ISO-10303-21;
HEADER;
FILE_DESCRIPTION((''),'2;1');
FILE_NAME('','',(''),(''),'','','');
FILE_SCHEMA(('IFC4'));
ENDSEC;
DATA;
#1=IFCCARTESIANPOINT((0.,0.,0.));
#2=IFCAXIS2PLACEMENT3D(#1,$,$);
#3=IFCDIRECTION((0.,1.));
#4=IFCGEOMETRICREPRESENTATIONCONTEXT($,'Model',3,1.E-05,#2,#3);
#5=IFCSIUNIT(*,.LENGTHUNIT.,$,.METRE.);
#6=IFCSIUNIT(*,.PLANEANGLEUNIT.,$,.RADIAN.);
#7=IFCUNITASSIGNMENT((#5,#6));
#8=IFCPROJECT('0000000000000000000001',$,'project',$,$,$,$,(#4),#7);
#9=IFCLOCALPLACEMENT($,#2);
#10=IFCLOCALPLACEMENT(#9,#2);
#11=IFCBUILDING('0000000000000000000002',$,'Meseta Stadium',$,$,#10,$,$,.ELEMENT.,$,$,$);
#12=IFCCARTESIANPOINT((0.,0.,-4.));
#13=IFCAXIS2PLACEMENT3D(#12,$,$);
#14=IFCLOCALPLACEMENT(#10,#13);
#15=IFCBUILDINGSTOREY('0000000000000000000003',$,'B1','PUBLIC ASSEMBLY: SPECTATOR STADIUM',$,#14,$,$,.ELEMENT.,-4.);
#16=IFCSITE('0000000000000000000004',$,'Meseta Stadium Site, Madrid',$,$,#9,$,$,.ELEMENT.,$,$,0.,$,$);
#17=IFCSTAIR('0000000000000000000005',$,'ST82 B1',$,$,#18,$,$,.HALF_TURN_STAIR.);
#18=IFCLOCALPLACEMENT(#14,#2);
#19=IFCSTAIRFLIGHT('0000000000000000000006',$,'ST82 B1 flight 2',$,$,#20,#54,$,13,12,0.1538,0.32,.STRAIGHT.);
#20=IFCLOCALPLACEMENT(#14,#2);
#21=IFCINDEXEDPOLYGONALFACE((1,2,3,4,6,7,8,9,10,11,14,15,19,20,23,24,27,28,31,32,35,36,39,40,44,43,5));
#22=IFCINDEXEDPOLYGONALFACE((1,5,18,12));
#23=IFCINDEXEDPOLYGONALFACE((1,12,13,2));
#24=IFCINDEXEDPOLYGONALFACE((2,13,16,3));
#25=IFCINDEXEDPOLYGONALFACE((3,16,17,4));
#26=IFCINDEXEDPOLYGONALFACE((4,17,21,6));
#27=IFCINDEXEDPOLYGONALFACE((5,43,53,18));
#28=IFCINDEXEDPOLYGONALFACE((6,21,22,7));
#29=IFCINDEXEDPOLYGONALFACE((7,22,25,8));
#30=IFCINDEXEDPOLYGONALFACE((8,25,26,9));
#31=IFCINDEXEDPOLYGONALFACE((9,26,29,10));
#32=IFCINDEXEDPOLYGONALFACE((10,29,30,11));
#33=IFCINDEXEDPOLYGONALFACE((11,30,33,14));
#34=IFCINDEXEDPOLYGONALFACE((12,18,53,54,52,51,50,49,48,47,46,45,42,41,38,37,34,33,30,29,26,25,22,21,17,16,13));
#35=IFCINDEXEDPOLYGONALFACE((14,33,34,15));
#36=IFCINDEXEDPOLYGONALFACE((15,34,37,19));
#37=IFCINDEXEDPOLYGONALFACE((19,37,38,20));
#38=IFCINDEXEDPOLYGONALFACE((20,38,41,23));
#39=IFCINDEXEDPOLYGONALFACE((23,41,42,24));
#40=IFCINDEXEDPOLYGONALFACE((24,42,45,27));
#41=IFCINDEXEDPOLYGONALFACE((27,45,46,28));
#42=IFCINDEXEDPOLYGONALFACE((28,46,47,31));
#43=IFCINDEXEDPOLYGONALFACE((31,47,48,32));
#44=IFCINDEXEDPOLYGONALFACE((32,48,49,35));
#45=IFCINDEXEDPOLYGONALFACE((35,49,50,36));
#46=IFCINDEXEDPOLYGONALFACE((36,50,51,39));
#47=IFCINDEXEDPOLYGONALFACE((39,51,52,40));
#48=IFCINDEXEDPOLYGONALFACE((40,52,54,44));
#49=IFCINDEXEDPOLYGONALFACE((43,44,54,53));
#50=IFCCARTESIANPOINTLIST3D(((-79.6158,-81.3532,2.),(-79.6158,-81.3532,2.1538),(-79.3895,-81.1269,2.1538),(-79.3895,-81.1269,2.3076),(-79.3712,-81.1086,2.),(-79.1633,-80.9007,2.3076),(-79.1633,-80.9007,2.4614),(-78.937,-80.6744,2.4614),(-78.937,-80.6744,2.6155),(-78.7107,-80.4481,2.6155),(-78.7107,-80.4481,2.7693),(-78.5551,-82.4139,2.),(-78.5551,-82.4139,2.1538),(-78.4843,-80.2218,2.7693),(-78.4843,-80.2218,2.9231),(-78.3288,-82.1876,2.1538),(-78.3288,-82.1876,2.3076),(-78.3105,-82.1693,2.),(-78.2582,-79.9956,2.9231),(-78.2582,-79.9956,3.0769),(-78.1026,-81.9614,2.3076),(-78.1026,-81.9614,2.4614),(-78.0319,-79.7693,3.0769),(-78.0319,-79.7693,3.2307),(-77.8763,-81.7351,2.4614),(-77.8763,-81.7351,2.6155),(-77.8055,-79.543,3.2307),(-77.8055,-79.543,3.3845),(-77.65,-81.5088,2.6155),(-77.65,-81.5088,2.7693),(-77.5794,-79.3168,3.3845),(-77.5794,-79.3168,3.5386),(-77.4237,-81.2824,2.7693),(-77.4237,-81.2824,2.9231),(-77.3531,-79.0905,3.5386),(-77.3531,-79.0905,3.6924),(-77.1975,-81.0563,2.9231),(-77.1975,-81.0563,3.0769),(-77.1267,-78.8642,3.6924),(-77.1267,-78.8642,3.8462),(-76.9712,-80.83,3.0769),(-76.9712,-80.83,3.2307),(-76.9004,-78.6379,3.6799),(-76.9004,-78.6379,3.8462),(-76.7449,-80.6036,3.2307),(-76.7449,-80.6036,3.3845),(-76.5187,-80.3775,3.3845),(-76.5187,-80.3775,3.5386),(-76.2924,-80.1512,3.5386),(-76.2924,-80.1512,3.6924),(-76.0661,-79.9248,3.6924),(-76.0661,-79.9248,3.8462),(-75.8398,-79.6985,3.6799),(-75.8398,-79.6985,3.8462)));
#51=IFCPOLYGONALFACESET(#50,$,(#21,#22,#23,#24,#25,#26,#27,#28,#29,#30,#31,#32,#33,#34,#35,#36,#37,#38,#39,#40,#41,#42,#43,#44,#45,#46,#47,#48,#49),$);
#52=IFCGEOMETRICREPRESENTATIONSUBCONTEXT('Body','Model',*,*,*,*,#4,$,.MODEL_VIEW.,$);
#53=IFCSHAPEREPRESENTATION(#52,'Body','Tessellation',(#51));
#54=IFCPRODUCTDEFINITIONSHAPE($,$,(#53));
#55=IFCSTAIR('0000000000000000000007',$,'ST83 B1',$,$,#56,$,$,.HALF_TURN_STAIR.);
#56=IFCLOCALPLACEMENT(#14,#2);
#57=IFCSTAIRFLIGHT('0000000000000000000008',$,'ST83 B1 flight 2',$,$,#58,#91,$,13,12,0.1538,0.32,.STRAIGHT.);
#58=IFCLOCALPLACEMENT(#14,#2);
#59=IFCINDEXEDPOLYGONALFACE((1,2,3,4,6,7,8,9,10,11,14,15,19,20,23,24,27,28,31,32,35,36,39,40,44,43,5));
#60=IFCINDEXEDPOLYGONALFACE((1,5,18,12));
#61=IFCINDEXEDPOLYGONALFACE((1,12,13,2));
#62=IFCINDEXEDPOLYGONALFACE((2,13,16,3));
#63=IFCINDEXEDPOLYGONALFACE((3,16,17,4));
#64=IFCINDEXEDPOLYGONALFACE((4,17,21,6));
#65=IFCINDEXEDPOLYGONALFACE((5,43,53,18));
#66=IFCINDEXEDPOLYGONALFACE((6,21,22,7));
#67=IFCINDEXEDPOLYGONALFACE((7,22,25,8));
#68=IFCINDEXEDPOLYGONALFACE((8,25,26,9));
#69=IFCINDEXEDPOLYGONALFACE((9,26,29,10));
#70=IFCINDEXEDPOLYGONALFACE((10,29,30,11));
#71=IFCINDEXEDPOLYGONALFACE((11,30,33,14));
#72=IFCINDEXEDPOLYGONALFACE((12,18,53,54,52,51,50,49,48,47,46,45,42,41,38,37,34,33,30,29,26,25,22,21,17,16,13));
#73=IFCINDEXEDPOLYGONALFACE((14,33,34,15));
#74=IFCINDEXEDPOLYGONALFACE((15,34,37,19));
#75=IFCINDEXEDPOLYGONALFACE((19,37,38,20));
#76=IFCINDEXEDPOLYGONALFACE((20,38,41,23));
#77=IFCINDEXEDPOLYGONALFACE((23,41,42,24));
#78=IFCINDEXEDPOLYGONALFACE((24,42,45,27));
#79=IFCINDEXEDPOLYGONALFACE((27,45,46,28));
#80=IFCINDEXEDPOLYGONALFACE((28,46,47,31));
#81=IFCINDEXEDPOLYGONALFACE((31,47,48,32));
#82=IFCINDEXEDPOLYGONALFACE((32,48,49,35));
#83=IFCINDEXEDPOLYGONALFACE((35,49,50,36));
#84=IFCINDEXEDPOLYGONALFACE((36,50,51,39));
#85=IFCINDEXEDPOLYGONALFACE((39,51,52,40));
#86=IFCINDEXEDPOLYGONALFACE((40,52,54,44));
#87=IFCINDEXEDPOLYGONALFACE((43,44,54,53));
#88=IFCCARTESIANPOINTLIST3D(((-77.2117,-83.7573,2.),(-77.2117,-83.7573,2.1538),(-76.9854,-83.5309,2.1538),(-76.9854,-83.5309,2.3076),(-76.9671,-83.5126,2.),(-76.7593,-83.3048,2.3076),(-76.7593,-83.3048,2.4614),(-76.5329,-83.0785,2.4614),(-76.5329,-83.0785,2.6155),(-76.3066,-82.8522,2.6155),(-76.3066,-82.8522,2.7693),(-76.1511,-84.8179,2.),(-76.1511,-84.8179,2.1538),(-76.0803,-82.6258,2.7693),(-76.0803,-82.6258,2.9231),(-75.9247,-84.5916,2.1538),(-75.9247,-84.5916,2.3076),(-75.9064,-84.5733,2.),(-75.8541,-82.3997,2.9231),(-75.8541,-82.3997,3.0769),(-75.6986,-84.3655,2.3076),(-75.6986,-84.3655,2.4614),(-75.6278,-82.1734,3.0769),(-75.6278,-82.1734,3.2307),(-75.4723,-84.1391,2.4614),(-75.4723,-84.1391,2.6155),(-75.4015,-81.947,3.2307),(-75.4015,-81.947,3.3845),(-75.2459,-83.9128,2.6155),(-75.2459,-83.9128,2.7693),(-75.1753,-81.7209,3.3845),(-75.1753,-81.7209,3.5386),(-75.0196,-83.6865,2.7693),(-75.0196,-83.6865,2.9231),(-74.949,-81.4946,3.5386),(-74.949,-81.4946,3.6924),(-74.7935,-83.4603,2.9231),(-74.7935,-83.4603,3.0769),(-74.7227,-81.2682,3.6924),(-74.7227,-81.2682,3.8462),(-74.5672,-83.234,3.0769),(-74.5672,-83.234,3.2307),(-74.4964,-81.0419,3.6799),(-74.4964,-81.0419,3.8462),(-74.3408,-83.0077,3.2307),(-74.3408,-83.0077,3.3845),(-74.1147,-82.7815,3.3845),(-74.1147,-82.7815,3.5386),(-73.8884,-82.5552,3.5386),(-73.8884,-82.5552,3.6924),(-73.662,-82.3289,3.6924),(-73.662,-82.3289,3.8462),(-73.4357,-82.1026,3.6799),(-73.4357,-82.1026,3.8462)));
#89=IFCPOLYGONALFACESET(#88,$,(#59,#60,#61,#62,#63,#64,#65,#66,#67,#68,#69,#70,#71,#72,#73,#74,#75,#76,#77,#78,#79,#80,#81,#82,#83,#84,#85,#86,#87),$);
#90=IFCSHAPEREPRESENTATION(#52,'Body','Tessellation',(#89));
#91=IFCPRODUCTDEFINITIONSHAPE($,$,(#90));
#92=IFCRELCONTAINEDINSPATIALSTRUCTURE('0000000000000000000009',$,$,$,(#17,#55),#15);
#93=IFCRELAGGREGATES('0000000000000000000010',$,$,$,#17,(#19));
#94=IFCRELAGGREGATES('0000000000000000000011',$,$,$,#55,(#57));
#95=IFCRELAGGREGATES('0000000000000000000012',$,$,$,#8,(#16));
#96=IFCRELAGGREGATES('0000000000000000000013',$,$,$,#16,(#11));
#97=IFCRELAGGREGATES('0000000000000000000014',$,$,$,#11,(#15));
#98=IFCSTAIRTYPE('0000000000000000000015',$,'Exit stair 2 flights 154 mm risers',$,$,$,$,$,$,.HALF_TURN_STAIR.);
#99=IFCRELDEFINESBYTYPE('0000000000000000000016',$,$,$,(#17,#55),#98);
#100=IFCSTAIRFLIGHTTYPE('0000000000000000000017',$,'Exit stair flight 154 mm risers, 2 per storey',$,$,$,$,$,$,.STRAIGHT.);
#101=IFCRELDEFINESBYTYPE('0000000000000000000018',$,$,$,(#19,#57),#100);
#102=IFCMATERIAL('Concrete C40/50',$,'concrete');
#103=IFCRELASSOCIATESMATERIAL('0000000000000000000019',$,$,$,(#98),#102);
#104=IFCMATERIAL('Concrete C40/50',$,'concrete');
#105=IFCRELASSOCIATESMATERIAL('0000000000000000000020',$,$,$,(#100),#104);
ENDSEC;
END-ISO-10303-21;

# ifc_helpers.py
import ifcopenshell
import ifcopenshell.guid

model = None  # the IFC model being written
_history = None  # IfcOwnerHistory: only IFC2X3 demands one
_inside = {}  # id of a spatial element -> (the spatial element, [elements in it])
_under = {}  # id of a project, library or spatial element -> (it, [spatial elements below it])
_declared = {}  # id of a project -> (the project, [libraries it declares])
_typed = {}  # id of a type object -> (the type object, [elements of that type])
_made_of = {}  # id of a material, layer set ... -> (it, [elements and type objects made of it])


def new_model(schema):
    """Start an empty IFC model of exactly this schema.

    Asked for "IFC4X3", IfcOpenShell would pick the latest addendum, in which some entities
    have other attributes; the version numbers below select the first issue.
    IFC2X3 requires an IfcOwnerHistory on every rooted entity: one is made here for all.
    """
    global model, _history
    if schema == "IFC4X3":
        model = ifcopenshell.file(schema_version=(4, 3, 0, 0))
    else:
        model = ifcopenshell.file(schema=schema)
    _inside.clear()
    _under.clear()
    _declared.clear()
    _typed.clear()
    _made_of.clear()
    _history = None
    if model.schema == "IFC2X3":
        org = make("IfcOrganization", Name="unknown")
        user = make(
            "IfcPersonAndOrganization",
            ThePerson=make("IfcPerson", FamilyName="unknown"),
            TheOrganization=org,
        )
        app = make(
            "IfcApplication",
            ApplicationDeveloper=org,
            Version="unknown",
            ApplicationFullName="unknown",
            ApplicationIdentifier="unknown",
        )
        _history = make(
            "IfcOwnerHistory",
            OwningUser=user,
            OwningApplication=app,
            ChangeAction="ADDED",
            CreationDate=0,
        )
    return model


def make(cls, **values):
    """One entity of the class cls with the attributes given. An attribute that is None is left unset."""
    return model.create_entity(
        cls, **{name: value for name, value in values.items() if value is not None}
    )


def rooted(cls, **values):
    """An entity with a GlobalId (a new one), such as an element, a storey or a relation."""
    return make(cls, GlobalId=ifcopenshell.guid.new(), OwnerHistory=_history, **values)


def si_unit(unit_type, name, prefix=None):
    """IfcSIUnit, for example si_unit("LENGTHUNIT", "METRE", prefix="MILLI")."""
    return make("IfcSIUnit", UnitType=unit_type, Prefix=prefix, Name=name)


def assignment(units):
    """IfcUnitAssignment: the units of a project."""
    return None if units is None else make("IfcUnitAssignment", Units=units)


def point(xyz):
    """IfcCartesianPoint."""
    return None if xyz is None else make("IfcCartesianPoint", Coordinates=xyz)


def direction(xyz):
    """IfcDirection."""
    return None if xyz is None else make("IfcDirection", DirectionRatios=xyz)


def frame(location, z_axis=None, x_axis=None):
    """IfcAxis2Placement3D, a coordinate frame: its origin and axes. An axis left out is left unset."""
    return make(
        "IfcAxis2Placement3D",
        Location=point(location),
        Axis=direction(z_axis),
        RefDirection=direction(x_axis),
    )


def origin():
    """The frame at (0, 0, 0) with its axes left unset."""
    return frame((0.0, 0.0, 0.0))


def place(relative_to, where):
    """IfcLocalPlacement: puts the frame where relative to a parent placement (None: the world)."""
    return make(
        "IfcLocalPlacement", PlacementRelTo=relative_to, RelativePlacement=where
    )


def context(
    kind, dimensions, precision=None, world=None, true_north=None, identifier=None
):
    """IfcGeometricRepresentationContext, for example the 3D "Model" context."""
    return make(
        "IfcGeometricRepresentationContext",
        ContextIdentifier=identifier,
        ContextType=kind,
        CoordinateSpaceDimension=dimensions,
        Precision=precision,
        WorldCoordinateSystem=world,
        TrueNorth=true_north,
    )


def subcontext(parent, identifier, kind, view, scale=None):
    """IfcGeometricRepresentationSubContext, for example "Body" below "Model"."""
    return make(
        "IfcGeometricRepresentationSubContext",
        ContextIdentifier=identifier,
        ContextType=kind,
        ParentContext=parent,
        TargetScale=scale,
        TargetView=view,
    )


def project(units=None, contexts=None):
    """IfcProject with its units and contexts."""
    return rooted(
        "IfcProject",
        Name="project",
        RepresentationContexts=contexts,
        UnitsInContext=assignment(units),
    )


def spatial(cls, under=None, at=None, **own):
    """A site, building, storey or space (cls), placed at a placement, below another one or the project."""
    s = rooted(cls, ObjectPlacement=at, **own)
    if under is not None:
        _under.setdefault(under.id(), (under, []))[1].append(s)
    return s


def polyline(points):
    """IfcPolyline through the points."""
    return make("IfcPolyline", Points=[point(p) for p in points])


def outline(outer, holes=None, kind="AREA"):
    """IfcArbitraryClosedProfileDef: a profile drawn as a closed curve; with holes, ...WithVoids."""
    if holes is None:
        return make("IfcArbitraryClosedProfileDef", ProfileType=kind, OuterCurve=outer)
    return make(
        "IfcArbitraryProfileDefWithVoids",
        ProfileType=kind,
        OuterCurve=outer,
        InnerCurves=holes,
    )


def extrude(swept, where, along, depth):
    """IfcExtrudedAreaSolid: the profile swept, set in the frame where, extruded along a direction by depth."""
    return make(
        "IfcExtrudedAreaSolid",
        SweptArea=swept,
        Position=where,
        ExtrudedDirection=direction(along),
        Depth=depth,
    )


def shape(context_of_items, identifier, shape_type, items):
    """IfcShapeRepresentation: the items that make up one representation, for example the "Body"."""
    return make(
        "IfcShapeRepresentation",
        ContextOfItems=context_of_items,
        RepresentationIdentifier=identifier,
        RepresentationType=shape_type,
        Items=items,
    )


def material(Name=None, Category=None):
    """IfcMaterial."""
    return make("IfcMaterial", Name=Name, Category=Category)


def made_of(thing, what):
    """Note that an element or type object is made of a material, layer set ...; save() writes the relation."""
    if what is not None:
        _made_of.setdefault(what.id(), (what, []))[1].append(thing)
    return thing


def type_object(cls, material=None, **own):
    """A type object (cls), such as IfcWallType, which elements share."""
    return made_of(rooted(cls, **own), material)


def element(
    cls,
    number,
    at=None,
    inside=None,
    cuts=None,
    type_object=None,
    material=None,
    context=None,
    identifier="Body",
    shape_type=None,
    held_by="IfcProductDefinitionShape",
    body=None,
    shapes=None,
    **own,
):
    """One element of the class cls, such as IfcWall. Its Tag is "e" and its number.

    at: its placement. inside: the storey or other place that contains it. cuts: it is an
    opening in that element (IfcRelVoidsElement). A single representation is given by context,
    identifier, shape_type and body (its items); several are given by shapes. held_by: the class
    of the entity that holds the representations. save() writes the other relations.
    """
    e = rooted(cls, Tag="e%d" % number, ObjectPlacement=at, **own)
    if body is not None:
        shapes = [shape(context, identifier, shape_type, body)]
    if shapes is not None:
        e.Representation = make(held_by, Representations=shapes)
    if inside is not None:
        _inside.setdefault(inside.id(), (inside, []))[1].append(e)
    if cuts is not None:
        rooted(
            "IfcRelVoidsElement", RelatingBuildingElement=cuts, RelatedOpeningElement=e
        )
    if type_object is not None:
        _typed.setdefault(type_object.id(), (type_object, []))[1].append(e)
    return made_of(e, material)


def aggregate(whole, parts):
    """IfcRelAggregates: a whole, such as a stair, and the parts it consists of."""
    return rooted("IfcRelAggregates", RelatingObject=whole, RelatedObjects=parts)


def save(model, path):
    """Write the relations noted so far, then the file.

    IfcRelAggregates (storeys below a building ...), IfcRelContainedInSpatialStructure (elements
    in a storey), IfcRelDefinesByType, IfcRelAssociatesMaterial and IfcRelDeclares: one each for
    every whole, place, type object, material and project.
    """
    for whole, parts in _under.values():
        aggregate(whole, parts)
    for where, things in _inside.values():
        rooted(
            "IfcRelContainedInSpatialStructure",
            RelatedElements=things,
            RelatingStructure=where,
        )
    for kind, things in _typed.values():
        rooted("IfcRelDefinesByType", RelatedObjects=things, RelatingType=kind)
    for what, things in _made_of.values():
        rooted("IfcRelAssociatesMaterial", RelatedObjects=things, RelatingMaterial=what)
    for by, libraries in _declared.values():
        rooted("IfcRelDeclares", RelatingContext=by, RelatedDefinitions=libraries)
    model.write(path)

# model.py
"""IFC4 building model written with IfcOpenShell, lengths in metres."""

from ifc_helpers import new_model, si_unit, direction, frame, origin, place, context, subcontext, project, spatial, polyline, outline, extrude, material, type_object, element, aggregate, save


model = new_model("IFC4")

# Units and contexts
model_context = context("Model", 3, precision=1e-05, world=origin(), true_north=direction((0.0, 1.0)))
body_context = subcontext(model_context, "Body", "Model", "MODEL_VIEW")
ifc_project = project(units=[si_unit("LENGTHUNIT", "METRE"), si_unit("PLANEANGLEUNIT", "RADIAN")], contexts=[model_context])

# Site, building, storey
site_placement = place(None, origin())
site = spatial("IfcSite", under=ifc_project, at=site_placement, Name="Meseta Stadium Site, Madrid", CompositionType="ELEMENT", RefElevation=0.0)
building_placement = place(site_placement, origin())
building = spatial("IfcBuilding", under=site, at=building_placement, Name="Meseta Stadium", CompositionType="ELEMENT")
storey_placement = place(building_placement, frame((0.0, 0.0, -4.0)))
storey = spatial("IfcBuildingStorey", under=building, at=storey_placement, Name="B1", Description="PUBLIC ASSEMBLY: SPECTATOR STADIUM", CompositionType="ELEMENT", Elevation=-4.0)

# Shared definitions
ifc_material_1 = material(Name="Concrete C40/50", Category="concrete")
stair_type = type_object("IfcStairType", Name="Exit stair 2 flights 154 mm risers", PredefinedType="HALF_TURN_STAIR", material=ifc_material_1)
ifc_material_2 = material(Name="Concrete C40/50", Category="concrete")
stair_flight_type = type_object("IfcStairFlightType", Name="Exit stair flight 154 mm risers, 2 per storey", PredefinedType="STRAIGHT", material=ifc_material_2)

# Stair, stair flight
stair_1_placement = place(storey_placement, origin())
stair_1 = element("IfcStair", 1, at=stair_1_placement, inside=storey, type_object=stair_type, Name="ST82 B1", PredefinedType="HALF_TURN_STAIR")
stair_flight_1_placement = place(storey_placement, frame((-79.0854, -81.8835, 2.0), z_axis=(0.0, 0.0, 1.0), x_axis=(0.707107, 0.707107, 0.0)))
stair_flight_1 = element("IfcStairFlight", 2, at=stair_flight_1_placement, type_object=stair_flight_type, Name="ST82 B1 flight 2", NumberOfRisers=13, NumberOfTreads=12, PredefinedType="STRAIGHT", RiserHeight=0.1538, TreadLength=0.32, context=body_context, shape_type="SweptSolid", body=[
    extrude(outline(polyline([(0.0, 0.0), (0.0, 0.1538), (0.3201, 0.1538), (0.3201, 0.3076), (0.6399, 0.3076), (0.6399, 0.4614), (0.96, 0.4614), (0.96, 0.6155), (1.28, 0.6155), (1.28, 0.7693), (1.6001, 0.7693), (1.6001, 0.9231), (1.9199, 0.9231), (1.9199, 1.0769), (2.24, 1.0769), (2.24, 1.2307), (2.5601, 1.2307), (2.5601, 1.3845), (2.8799, 1.3845), (2.8799, 1.5386), (3.2, 1.5386), (3.2, 1.6924), (3.52, 1.6924), (3.52, 1.8462), (3.8401, 1.8462), (3.8401, 1.6799), (0.3459, 0.0), (0.0, 0.0)])), frame((0.0, 0.75, 0.0), z_axis=(0.0, -1.0, 0.0), x_axis=(1.0, 0.0, 0.0)), (0.0, 0.0, 1.0), 1.5),
])
aggregate(stair_1, [stair_flight_1])

# Stair, stair flight
stair_2_placement = place(storey_placement, origin())
stair_2 = element("IfcStair", 3, at=stair_2_placement, inside=storey, type_object=stair_type, Name="ST83 B1", PredefinedType="HALF_TURN_STAIR")
stair_flight_2_placement = place(storey_placement, frame((-76.6814, -84.2876, 2.0), z_axis=(0.0, 0.0, 1.0), x_axis=(0.707107, 0.707107, 0.0)))
stair_flight_2 = element("IfcStairFlight", 4, at=stair_flight_2_placement, type_object=stair_flight_type, Name="ST83 B1 flight 2", NumberOfRisers=13, NumberOfTreads=12, PredefinedType="STRAIGHT", RiserHeight=0.1538, TreadLength=0.32, context=body_context, shape_type="SweptSolid", body=[
    extrude(outline(polyline([(0.0, 0.0), (0.0, 0.1538), (0.3201, 0.1538), (0.3201, 0.3076), (0.6399, 0.3076), (0.6399, 0.4614), (0.96, 0.4614), (0.96, 0.6155), (1.28, 0.6155), (1.28, 0.7693), (1.6001, 0.7693), (1.6001, 0.9231), (1.9199, 0.9231), (1.9199, 1.0769), (2.24, 1.0769), (2.24, 1.2307), (2.5601, 1.2307), (2.5601, 1.3845), (2.8799, 1.3845), (2.8799, 1.5386), (3.2, 1.5386), (3.2, 1.6924), (3.52, 1.6924), (3.52, 1.8462), (3.8401, 1.8462), (3.8401, 1.6799), (0.3459, 0.0), (0.0, 0.0)])), frame((0.0, 0.75, 0.0), z_axis=(0.0, -1.0, 0.0), x_axis=(1.0, 0.0, 0.0)), (0.0, 0.0, 1.0), 1.5),
])
aggregate(stair_2, [stair_flight_2])

save(model, "model.ifc")
